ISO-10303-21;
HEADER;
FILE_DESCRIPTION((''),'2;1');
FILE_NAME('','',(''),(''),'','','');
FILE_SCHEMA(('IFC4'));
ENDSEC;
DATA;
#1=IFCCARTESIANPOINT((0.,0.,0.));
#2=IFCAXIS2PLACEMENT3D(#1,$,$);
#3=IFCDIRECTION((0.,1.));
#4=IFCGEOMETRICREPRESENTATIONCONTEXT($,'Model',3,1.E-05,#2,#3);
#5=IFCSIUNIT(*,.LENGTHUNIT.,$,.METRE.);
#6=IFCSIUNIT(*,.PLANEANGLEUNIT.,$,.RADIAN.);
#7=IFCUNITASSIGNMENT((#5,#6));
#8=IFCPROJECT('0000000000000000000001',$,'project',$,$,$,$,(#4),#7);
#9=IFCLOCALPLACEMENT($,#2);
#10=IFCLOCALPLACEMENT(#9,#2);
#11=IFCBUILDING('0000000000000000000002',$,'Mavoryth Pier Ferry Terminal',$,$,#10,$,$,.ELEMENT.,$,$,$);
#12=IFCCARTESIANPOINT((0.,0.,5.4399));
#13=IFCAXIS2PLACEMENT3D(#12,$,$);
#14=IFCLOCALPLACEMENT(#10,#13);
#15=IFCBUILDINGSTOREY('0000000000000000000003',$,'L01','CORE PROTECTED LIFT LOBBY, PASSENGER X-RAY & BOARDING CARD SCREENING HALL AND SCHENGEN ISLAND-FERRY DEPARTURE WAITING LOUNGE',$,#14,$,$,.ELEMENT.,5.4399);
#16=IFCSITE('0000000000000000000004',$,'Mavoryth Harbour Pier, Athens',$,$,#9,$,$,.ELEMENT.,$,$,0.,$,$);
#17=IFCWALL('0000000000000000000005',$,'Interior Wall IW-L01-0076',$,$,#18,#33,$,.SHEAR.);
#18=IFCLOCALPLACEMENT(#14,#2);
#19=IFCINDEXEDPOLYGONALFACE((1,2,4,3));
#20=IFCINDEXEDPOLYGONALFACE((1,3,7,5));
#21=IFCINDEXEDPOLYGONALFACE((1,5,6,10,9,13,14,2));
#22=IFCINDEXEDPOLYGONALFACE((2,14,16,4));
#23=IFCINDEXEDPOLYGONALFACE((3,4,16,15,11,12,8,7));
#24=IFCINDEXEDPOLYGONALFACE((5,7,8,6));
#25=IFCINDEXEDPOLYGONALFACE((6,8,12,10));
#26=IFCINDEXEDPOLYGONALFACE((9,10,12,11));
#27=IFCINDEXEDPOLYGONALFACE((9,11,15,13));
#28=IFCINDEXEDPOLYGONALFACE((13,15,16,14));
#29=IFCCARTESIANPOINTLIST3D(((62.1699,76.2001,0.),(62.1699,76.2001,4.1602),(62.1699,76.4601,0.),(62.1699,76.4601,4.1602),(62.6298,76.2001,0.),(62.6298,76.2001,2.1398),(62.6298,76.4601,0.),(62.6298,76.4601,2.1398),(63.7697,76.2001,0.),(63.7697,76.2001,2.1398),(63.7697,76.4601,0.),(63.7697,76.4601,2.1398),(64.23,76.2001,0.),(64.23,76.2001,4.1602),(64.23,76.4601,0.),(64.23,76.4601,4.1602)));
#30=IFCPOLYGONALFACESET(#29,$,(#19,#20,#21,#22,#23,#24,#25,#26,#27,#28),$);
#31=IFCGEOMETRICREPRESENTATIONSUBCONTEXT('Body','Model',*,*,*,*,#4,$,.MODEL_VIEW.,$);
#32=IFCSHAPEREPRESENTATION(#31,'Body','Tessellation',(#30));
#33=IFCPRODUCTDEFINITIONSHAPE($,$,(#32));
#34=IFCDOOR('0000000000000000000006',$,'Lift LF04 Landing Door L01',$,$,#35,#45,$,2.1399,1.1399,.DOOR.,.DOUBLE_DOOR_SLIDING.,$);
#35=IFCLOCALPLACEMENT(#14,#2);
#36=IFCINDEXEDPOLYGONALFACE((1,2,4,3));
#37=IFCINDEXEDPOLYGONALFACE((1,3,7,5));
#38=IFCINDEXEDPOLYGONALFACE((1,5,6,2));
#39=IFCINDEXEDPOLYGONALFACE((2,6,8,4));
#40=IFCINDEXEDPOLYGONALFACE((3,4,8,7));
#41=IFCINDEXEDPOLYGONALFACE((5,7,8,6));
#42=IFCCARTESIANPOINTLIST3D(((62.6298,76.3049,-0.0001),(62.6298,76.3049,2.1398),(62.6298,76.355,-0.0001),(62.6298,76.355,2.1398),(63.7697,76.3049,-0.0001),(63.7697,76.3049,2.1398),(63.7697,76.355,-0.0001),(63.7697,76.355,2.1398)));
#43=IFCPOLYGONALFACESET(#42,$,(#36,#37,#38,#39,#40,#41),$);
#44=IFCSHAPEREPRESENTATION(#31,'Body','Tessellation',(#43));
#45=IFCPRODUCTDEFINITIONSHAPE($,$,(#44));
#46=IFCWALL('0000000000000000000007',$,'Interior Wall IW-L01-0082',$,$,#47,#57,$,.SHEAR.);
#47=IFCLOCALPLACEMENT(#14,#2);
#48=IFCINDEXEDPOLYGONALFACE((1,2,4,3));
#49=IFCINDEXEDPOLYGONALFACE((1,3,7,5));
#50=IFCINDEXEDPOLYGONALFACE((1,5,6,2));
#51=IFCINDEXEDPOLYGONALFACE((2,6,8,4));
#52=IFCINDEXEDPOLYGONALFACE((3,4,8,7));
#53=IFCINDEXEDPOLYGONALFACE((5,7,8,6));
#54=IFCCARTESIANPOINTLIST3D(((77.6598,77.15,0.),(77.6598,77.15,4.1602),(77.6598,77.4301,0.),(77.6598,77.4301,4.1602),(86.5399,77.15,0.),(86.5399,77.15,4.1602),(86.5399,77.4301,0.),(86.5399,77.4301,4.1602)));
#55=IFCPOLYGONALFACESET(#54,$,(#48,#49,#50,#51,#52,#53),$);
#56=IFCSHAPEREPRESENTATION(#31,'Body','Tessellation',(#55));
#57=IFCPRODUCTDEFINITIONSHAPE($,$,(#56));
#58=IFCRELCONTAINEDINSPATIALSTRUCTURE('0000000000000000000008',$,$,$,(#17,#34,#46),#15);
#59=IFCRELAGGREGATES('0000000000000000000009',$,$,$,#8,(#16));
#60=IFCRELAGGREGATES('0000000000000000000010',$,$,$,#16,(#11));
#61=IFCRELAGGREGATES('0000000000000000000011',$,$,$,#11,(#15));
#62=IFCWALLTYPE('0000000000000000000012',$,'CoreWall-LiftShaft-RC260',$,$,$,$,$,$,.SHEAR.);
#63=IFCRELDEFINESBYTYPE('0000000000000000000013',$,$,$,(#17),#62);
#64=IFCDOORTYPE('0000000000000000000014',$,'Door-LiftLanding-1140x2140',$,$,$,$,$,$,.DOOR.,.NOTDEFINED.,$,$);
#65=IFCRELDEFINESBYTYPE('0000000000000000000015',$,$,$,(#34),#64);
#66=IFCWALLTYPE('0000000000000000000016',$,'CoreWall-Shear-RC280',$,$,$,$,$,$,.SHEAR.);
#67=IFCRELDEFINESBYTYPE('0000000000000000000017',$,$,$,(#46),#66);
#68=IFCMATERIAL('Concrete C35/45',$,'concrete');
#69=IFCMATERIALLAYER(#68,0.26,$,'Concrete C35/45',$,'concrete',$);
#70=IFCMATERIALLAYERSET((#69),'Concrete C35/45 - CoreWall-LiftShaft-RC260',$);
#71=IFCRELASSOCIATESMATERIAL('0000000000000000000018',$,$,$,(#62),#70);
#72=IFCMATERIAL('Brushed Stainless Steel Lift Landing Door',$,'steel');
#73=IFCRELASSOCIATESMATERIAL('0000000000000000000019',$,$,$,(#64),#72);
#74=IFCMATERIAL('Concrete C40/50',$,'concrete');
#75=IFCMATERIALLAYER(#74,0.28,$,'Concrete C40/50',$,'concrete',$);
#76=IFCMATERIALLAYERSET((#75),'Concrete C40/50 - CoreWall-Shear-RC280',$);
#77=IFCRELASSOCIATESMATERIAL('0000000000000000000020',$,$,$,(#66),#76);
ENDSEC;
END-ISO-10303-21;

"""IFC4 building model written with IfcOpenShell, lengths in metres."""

from ifc_helpers import new_model, si_unit, direction, frame, frame_2d, origin, place, context, subcontext, project, spatial, rectangle, extrude, material, layer, layer_set, type_object, element, fill, save


model = new_model("IFC4")

# Units and contexts
model_context = context("Model", 3, precision=1e-05, world=origin(), true_north=direction((0.0, 1.0)))
body_context = subcontext(model_context, "Body", "Model", "MODEL_VIEW")
ifc_project = project(units=[si_unit("LENGTHUNIT", "METRE"), si_unit("PLANEANGLEUNIT", "RADIAN")], contexts=[model_context])

# Site, building, storey
site_placement = place(None, origin())
site = spatial("IfcSite", under=ifc_project, at=site_placement, Name="Mavoryth Harbour Pier, Athens", CompositionType="ELEMENT", RefElevation=0.0)
building_placement = place(site_placement, origin())
building = spatial("IfcBuilding", under=site, at=building_placement, Name="Mavoryth Pier Ferry Terminal", CompositionType="ELEMENT")
storey_placement = place(building_placement, frame((0.0, 0.0, 5.4399)))
storey = spatial("IfcBuildingStorey", under=building, at=storey_placement, Name="L01", Description="CORE PROTECTED LIFT LOBBY, PASSENGER X-RAY & BOARDING CARD SCREENING HALL AND SCHENGEN ISLAND-FERRY DEPARTURE WAITING LOUNGE", CompositionType="ELEMENT", Elevation=5.4399)

# Shared definitions
ifc_material_1 = material(Name="Concrete C40/50", Category="concrete")

# Shared definitions
ifc_material_2 = material(Name="Concrete C35/45", Category="concrete")

# Shared definitions
ifc_layer_1 = layer(ifc_material_2, 0.26, Name="Concrete C35/45", Category="concrete")
ifc_layer_set_1 = layer_set([ifc_layer_1], Name="Concrete C35/45 - CoreWall-LiftShaft-RC260")
wall_type_1 = type_object("IfcWallType", Name="CoreWall-LiftShaft-RC260", PredefinedType="SHEAR", material=ifc_layer_set_1)

# Wall, opening, door
wall_1_placement = place(storey_placement, frame((62.1699, 76.3301, 0.0), z_axis=(0.0, 0.0, 1.0), x_axis=(1.0, 0.0, 0.0)))
wall_1 = element("IfcWall", 1, at=wall_1_placement, inside=storey, type_object=wall_type_1, Name="Interior Wall IW-L01-0076", PredefinedType="SHEAR", context=body_context, shape_type="SweptSolid", body=[
    extrude(rectangle(XDim=2.0601, YDim=0.26, at=frame_2d((1.03, 0.0))), origin(), (0.0, 0.0, 1.0), 4.1602),
])
opening_1_placement = place(wall_1_placement, frame((0.46, 0.0, 0.0)))
opening_1 = element("IfcOpeningElement", 2, at=opening_1_placement, cuts=wall_1, PredefinedType="OPENING", context=body_context, shape_type="SweptSolid", body=[
    extrude(rectangle(XDim=1.1399, YDim=2.1399, at=frame_2d((0.5698, 1.0698))), frame((0.0, 0.1399, 0.0), z_axis=(0.0, -1.0, 0.0), x_axis=(1.0, 0.0, 0.0)), (0.0, 0.0, 1.0), 0.28),
])
ifc_material_3 = material(Name="Brushed Stainless Steel Lift Landing Door", Category="steel")
door_type_1 = type_object("IfcDoorType", Name="Door-LiftLanding-1140x2140", OperationType="NOTDEFINED", PredefinedType="DOOR", material=ifc_material_3)
door_1_placement = place(opening_1_placement, origin())
door_1 = element("IfcDoor", 3, at=door_1_placement, inside=storey, type_object=door_type_1, Name="Lift LF04 Landing Door L01", OperationType="DOUBLE_DOOR_SLIDING", OverallHeight=2.1399, OverallWidth=1.1399, PredefinedType="DOOR", context=body_context, shape_type="SweptSolid", body=[
    extrude(rectangle(XDim=1.1399, YDim=2.1399, at=frame_2d((0.5698, 1.0698))), frame((0.0, 0.0249, 0.0), z_axis=(0.0, -1.0, 0.0), x_axis=(1.0, 0.0, 0.0)), (0.0, 0.0, 1.0), 0.05),
])
fill(opening_1, door_1)

# Wall
ifc_layer_2 = layer(ifc_material_1, 0.28, Name="Concrete C40/50", Category="concrete")
ifc_layer_set_2 = layer_set([ifc_layer_2], Name="Concrete C40/50 - CoreWall-Shear-RC280")
wall_type_2 = type_object("IfcWallType", Name="CoreWall-Shear-RC280", PredefinedType="SHEAR", material=ifc_layer_set_2)
wall_2_placement = place(storey_placement, frame((77.6599, 77.29, 0.0), z_axis=(0.0, 0.0, 1.0), x_axis=(1.0, 0.0, 0.0)))
element("IfcWall", 4, at=wall_2_placement, inside=storey, type_object=wall_type_2, Name="Interior Wall IW-L01-0082", PredefinedType="SHEAR", context=body_context, shape_type="SweptSolid", body=[
    extrude(rectangle(XDim=8.8801, YDim=0.28, at=frame_2d((4.4399, 0.0))), origin(), (0.0, 0.0, 1.0), 4.1602),
])

save(model, "model.ifc")
